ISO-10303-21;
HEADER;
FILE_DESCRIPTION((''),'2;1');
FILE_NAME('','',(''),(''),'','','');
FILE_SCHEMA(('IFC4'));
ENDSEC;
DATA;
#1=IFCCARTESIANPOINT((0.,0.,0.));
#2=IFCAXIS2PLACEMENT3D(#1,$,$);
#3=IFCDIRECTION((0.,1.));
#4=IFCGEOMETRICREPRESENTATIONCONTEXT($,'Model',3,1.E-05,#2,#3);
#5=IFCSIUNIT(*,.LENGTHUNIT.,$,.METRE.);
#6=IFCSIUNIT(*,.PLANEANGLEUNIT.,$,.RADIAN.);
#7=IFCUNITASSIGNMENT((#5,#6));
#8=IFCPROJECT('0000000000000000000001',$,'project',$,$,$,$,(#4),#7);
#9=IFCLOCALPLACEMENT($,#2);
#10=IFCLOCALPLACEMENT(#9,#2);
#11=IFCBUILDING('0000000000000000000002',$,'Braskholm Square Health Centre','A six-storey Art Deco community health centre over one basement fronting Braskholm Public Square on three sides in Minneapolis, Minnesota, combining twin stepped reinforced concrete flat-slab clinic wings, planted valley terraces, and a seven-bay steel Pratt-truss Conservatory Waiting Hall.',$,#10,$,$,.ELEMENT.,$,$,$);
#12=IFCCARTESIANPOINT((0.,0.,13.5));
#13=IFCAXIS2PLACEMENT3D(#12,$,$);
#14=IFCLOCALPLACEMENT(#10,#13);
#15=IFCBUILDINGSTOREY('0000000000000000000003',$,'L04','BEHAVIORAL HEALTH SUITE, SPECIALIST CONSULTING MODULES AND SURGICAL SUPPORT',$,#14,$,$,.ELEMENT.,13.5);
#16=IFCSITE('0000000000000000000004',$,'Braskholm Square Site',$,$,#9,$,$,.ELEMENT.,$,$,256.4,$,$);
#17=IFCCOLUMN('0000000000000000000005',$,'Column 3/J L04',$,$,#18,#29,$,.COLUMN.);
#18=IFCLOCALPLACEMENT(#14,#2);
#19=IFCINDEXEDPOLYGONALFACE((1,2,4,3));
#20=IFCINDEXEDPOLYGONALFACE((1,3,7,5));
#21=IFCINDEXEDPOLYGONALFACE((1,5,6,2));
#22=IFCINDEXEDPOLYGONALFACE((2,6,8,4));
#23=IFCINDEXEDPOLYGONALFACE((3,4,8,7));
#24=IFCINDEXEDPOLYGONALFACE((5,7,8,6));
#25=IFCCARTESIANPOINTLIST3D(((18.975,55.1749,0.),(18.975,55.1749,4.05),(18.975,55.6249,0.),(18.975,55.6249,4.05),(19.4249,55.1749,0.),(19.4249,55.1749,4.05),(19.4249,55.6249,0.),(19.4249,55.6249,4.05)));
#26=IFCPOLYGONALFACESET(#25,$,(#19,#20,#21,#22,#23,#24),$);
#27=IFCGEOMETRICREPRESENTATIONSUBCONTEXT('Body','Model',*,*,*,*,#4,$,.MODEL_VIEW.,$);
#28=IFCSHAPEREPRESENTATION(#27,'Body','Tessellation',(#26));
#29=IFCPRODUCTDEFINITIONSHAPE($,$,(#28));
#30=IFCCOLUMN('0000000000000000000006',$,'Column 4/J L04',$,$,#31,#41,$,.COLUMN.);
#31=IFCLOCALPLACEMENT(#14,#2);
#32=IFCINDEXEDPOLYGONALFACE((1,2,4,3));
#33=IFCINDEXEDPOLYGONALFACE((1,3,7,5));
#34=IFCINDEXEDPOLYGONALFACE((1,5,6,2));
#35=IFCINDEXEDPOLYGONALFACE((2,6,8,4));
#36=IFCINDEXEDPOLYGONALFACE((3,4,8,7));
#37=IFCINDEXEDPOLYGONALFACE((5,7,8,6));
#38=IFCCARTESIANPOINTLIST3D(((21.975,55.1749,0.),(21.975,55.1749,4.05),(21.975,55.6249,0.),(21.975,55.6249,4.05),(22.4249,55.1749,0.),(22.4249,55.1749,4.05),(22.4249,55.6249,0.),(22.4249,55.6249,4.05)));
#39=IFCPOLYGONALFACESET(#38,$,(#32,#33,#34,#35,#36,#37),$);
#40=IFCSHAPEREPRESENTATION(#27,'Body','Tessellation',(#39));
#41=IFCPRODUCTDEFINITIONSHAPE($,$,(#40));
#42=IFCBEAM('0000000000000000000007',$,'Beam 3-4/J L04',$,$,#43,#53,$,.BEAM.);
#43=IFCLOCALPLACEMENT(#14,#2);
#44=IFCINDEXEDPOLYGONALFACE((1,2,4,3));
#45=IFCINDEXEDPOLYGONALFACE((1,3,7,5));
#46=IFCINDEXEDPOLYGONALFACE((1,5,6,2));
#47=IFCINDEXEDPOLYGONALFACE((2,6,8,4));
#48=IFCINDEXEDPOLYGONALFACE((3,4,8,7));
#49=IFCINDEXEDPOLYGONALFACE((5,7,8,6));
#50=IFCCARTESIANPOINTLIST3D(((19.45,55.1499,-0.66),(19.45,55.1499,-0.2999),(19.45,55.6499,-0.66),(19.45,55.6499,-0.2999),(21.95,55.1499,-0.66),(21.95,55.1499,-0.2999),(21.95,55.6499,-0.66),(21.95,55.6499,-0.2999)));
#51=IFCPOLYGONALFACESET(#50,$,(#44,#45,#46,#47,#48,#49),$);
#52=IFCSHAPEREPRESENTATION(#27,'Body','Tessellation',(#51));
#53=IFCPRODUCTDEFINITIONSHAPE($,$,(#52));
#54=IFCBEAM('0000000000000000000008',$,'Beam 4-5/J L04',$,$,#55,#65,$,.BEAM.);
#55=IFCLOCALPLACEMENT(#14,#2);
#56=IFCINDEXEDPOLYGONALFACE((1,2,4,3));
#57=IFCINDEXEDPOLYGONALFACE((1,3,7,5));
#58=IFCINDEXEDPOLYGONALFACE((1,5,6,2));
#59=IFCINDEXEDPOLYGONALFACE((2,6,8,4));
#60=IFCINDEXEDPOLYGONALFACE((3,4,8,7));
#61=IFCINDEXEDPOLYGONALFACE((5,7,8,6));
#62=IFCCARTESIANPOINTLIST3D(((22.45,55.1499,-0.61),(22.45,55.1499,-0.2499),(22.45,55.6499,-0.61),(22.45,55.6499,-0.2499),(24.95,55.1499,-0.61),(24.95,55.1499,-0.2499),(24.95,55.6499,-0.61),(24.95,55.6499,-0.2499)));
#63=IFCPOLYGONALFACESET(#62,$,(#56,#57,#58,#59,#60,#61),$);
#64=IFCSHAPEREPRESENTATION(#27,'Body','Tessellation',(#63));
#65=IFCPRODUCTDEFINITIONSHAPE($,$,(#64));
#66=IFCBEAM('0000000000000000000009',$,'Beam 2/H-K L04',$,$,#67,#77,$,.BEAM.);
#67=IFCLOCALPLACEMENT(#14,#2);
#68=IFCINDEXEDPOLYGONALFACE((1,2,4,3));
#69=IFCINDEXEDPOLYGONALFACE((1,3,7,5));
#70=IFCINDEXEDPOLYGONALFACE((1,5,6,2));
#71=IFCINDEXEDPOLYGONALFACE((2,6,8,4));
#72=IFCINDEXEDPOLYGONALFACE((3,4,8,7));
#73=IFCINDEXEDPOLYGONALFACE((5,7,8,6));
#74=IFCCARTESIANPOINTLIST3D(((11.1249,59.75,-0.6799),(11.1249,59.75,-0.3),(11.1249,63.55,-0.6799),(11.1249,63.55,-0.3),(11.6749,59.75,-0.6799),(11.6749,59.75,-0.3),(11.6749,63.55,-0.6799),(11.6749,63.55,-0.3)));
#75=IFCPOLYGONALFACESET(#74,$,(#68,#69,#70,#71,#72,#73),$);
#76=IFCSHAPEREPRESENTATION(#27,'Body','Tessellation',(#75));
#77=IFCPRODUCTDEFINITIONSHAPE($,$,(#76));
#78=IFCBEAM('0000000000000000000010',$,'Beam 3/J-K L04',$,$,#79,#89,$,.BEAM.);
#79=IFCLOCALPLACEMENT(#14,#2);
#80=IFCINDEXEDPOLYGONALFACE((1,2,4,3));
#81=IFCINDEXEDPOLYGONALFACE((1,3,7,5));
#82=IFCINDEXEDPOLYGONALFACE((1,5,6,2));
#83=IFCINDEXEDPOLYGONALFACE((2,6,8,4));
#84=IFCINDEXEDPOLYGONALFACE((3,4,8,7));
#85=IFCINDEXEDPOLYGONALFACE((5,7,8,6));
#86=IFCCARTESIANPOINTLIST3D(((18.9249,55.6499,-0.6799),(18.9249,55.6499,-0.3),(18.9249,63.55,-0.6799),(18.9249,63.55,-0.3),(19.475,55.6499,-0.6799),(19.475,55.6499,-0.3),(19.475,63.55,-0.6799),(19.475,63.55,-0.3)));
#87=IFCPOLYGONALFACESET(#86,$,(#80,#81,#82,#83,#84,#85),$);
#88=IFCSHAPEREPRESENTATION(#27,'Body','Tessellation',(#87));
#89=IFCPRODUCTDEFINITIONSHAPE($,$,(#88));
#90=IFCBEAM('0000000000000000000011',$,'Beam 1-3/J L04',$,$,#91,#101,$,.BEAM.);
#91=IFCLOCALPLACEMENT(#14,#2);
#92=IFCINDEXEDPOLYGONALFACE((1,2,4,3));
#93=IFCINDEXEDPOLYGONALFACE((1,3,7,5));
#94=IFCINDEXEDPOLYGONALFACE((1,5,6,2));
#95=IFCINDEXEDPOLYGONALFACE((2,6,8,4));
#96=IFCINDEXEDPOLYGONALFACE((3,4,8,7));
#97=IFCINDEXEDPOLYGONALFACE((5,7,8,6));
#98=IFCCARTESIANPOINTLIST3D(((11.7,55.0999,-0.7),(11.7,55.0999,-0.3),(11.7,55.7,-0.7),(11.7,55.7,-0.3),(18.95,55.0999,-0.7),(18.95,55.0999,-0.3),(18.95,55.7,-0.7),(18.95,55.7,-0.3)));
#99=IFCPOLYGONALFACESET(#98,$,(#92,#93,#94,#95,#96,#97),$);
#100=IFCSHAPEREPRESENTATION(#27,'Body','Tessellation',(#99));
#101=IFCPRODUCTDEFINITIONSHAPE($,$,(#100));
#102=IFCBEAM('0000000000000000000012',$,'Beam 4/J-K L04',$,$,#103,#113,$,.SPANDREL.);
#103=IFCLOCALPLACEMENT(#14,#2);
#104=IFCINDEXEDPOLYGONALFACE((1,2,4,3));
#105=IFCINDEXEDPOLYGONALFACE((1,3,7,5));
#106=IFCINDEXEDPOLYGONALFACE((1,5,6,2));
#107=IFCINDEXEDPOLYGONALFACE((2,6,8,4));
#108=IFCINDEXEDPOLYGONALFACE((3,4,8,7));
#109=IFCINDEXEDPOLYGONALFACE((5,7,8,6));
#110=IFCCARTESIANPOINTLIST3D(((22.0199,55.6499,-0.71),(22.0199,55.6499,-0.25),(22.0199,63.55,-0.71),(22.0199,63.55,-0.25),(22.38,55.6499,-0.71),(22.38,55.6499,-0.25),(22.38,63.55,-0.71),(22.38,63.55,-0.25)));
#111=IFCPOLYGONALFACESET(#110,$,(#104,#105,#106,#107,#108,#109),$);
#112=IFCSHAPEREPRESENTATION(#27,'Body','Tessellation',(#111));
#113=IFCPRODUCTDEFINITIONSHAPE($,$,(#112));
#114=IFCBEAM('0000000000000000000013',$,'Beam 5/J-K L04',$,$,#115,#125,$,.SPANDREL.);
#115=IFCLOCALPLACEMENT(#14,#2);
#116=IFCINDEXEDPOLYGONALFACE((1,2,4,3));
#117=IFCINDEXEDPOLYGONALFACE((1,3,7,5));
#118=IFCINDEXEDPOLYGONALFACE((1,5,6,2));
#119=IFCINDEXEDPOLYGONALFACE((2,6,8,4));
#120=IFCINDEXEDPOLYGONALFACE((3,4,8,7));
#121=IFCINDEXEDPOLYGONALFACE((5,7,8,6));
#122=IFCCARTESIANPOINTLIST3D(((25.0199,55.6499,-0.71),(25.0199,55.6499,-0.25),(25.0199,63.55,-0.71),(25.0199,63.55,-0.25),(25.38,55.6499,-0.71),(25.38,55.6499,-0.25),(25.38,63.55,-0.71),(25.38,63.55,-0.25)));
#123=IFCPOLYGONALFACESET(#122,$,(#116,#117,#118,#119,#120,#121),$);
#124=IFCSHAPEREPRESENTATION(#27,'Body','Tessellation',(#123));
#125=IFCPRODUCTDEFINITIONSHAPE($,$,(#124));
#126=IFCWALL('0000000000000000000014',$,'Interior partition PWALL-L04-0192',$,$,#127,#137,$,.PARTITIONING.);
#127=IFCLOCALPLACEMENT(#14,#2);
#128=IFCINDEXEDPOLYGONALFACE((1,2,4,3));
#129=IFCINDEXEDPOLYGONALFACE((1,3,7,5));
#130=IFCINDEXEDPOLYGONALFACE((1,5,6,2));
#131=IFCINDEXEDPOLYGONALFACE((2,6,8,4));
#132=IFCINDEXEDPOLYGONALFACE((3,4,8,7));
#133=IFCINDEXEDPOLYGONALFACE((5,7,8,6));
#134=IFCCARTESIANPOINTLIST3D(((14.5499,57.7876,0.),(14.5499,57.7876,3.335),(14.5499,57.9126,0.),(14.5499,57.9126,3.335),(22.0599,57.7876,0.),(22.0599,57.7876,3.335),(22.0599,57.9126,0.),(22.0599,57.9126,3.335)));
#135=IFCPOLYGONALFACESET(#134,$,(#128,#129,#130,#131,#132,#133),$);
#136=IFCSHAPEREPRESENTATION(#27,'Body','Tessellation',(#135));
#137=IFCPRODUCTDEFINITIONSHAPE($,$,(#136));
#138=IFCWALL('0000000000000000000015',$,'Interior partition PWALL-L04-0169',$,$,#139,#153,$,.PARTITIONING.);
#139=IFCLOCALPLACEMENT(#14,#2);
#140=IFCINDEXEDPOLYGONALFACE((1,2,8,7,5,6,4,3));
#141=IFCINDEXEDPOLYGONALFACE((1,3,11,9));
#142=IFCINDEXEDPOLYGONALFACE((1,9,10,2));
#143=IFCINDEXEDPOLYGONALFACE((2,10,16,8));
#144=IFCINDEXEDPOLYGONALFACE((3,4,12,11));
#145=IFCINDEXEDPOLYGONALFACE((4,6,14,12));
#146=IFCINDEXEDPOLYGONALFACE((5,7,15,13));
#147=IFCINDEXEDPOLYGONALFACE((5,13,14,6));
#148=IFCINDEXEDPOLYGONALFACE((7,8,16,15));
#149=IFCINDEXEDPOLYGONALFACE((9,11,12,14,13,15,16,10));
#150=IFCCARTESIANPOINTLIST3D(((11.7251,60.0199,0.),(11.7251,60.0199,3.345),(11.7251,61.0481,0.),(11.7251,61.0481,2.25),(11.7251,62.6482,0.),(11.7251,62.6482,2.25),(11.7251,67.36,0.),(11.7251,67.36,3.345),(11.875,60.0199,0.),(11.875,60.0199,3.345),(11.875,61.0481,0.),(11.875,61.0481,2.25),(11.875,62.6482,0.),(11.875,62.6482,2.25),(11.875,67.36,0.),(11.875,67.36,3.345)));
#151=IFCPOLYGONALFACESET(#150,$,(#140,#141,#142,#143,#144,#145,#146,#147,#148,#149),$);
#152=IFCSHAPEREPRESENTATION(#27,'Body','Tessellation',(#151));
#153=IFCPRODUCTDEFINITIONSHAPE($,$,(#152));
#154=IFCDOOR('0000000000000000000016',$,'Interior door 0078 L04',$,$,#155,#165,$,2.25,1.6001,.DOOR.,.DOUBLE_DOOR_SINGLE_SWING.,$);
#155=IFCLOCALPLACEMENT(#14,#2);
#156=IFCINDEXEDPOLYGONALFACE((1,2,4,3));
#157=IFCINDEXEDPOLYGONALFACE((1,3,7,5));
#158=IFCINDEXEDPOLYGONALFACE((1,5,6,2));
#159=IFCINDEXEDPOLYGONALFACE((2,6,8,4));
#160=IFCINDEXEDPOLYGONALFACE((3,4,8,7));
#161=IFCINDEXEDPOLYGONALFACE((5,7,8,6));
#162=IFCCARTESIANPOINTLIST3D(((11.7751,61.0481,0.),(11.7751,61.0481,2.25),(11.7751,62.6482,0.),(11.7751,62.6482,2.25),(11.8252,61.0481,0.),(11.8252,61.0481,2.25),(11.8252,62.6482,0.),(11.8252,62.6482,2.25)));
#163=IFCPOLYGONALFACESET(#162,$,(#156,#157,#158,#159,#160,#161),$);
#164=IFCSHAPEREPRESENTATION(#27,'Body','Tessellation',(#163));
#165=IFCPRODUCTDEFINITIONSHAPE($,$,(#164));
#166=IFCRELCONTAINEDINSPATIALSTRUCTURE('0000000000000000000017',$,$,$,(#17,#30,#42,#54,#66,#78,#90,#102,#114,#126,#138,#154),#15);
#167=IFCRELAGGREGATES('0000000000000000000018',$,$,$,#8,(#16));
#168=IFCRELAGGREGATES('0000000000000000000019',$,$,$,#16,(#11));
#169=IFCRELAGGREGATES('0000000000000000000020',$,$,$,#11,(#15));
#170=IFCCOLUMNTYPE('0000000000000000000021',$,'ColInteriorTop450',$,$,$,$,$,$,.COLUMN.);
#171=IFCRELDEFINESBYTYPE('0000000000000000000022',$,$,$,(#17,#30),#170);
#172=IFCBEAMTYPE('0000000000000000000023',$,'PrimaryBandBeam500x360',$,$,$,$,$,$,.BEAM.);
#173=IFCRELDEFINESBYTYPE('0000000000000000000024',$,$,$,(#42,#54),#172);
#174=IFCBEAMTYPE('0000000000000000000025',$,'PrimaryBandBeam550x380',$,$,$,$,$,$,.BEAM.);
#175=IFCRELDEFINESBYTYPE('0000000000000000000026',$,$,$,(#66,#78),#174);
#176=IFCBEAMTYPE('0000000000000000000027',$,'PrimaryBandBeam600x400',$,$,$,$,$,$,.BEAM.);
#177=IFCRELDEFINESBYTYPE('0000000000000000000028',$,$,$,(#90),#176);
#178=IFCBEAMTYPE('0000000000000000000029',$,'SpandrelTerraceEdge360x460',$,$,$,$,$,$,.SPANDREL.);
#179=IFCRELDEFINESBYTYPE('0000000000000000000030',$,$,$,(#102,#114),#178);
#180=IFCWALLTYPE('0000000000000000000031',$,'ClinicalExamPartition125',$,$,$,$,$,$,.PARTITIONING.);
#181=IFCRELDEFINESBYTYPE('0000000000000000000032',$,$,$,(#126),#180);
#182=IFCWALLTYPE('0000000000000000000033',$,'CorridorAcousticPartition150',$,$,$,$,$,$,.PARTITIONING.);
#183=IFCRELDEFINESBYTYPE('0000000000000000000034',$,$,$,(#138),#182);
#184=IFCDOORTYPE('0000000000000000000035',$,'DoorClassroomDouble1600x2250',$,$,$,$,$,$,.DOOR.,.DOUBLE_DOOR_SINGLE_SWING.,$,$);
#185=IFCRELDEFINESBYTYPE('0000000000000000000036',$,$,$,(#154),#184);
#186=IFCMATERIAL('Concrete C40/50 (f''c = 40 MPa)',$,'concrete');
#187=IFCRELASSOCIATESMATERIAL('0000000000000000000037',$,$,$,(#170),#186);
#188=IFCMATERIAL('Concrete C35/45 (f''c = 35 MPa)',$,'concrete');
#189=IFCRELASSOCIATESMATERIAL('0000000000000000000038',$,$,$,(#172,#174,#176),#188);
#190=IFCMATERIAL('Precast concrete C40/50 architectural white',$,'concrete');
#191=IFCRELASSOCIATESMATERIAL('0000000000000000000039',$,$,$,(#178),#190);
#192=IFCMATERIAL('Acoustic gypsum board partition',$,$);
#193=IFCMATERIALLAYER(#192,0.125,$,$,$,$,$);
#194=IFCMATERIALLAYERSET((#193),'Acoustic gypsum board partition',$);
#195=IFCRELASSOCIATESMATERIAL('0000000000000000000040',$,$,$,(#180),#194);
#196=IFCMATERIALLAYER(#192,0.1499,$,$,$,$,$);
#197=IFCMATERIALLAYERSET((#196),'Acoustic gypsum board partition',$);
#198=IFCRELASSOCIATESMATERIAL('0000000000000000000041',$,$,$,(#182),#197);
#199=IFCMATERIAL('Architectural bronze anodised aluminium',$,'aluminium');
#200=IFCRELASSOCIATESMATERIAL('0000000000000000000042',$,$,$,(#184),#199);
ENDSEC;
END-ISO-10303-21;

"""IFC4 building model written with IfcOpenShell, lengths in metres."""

from ifc_helpers import new_model, si_unit, direction, frame, frame_2d, origin, origin_with_axes, origin_2d, place, context, subcontext, project, spatial, rectangle, extrude, material, layer, layer_set, material_profile, profile_set, type_object, element, fill, save


model = new_model("IFC4")

# Units and contexts
model_context = context("Model", 3, precision=1e-05, world=origin(), true_north=direction((0.0, 1.0)))
body_context = subcontext(model_context, "Body", "Model", "MODEL_VIEW")
ifc_project = project(units=[si_unit("LENGTHUNIT", "METRE"), si_unit("PLANEANGLEUNIT", "RADIAN")], contexts=[model_context])

# Site, building, storey
site_placement = place(None, origin())
site = spatial("IfcSite", under=ifc_project, at=site_placement, Name="Braskholm Square Site", CompositionType="ELEMENT", RefElevation=256.4)
building_placement = place(site_placement, origin())
building = spatial("IfcBuilding", under=site, at=building_placement, Name="Braskholm Square Health Centre", Description="A six-storey Art Deco community health centre over one basement fronting Braskholm Public Square on three sides in Minneapolis, Minnesota, combining twin stepped reinforced concrete flat-slab clinic wings, planted valley terraces, and a seven-bay steel Pratt-truss Conservatory Waiting Hall.", CompositionType="ELEMENT")
storey_placement = place(building_placement, frame((0.0, 0.0, 13.5)))
storey = spatial("IfcBuildingStorey", under=building, at=storey_placement, Name="L04", Description="BEHAVIORAL HEALTH SUITE, SPECIALIST CONSULTING MODULES AND SURGICAL SUPPORT", CompositionType="ELEMENT", Elevation=13.5)

# Columns
ifc_material_1 = material(Name="Concrete C40/50 (f'c = 40 MPa)", Category="concrete")
ifc_material_profile_1 = material_profile(ifc_material_1, rectangle(XDim=0.45, YDim=0.45, at=origin_2d()), Name="RC-450X450")
ifc_profile_set_1 = profile_set([ifc_material_profile_1], Name="Concrete C40/50 (f'c = 40 MPa)")
column_type = type_object("IfcColumnType", Name="ColInteriorTop450", PredefinedType="COLUMN", material=ifc_profile_set_1)
for number, where, z_axis, x_axis, name in (
    (1, (19.2, 55.3999, 0.0), (0.0, 0.0, 1.0), (1.0, 0.0, 0.0), "Column 3/J L04"),
    (2, (22.2, 55.3999, 0.0), (0.0, 0.0, 1.0), (1.0, 0.0, 0.0), "Column 4/J L04"),
):
    element("IfcColumn", number, at=place(storey_placement, frame(where, z_axis=z_axis, x_axis=x_axis)), inside=storey, type_object=column_type, Name=name, PredefinedType="COLUMN", context=body_context, shape_type="SweptSolid", body=[
        extrude(rectangle(XDim=0.45, YDim=0.45, at=origin_2d()), origin(), (0.0, 0.0, 1.0), 4.05),
    ])

# Beams
ifc_material_2 = material(Name="Concrete C35/45 (f'c = 35 MPa)", Category="concrete")
ifc_material_profile_2 = material_profile(ifc_material_2, rectangle(XDim=0.5, YDim=0.3601, at=origin_2d()), Name="RCB-500X360")
ifc_profile_set_2 = profile_set([ifc_material_profile_2], Name="Concrete C35/45 (f'c = 35 MPa)")
beam_type_1 = type_object("IfcBeamType", Name="PrimaryBandBeam500x360", PredefinedType="BEAM", material=ifc_profile_set_2)
for number, where, z_axis, x_axis, name in (
    (3, (19.45, 55.3999, -0.48), (1.0, 0.0, 0.0), (0.0, 1.0, 0.0), "Beam 3-4/J L04"),
    (4, (22.45, 55.3999, -0.4299), (1.0, 0.0, 0.0), (0.0, 1.0, 0.0), "Beam 4-5/J L04"),
):
    element("IfcBeam", number, at=place(storey_placement, frame(where, z_axis=z_axis, x_axis=x_axis)), inside=storey, type_object=beam_type_1, Name=name, PredefinedType="BEAM", context=body_context, shape_type="SweptSolid", body=[
        extrude(rectangle(XDim=0.5, YDim=0.3601, at=origin_2d()), origin(), (0.0, 0.0, 1.0), 2.5),
    ])
ifc_material_profile_3 = material_profile(ifc_material_2, rectangle(XDim=0.55, YDim=0.3799, at=origin_2d()), Name="RCB-550X380")
ifc_profile_set_3 = profile_set([ifc_material_profile_3], Name="Concrete C35/45 (f'c = 35 MPa)")
beam_type_2 = type_object("IfcBeamType", Name="PrimaryBandBeam550x380", PredefinedType="BEAM", material=ifc_profile_set_3)
beam_1_placement = place(storey_placement, frame((11.3999, 59.75, -0.49), z_axis=(0.0, 1.0, 0.0), x_axis=(-1.0, 0.0, 0.0)))
element("IfcBeam", 5, at=beam_1_placement, inside=storey, type_object=beam_type_2, Name="Beam 2/H-K L04", PredefinedType="BEAM", context=body_context, shape_type="SweptSolid", body=[
    extrude(rectangle(XDim=0.55, YDim=0.3799, at=origin_2d()), origin(), (0.0, 0.0, 1.0), 3.8),
])
beam_2_placement = place(storey_placement, frame((19.2, 55.6499, -0.49), z_axis=(0.0, 1.0, 0.0), x_axis=(-1.0, 0.0, 0.0)))
element("IfcBeam", 6, at=beam_2_placement, inside=storey, type_object=beam_type_2, Name="Beam 3/J-K L04", PredefinedType="BEAM", context=body_context, shape_type="SweptSolid", body=[
    extrude(rectangle(XDim=0.55, YDim=0.3799, at=origin_2d()), origin(), (0.0, 0.0, 1.0), 7.9001),
])
ifc_material_profile_4 = material_profile(ifc_material_2, rectangle(XDim=0.6001, YDim=0.3999, at=origin_2d()), Name="RCB-600X400")
ifc_profile_set_4 = profile_set([ifc_material_profile_4], Name="Concrete C35/45 (f'c = 35 MPa)")
beam_type_3 = type_object("IfcBeamType", Name="PrimaryBandBeam600x400", PredefinedType="BEAM", material=ifc_profile_set_4)
beam_3_placement = place(storey_placement, frame((11.7, 55.3999, -0.5), z_axis=(1.0, 0.0, 0.0), x_axis=(0.0, 1.0, 0.0)))
element("IfcBeam", 7, at=beam_3_placement, inside=storey, type_object=beam_type_3, Name="Beam 1-3/J L04", PredefinedType="BEAM", context=body_context, shape_type="SweptSolid", body=[
    extrude(rectangle(XDim=0.6001, YDim=0.3999, at=origin_2d()), origin(), (0.0, 0.0, 1.0), 7.25),
])
ifc_material_3 = material(Name="Precast concrete C40/50 architectural white", Category="concrete")
ifc_material_profile_5 = material_profile(ifc_material_3, rectangle(XDim=0.3601, YDim=0.46, at=origin_2d()), Name="RCB-360X460")
ifc_profile_set_5 = profile_set([ifc_material_profile_5], Name="Precast concrete C40/50 architectural white")
beam_type_4 = type_object("IfcBeamType", Name="SpandrelTerraceEdge360x460", PredefinedType="SPANDREL", material=ifc_profile_set_5)
for number, where, z_axis, x_axis, name in (
    (8, (22.2, 55.6499, -0.48), (0.0, 1.0, 0.0), (-1.0, 0.0, 0.0), "Beam 4/J-K L04"),
    (9, (25.2, 55.6499, -0.48), (0.0, 1.0, 0.0), (-1.0, 0.0, 0.0), "Beam 5/J-K L04"),
):
    element("IfcBeam", number, at=place(storey_placement, frame(where, z_axis=z_axis, x_axis=x_axis)), inside=storey, type_object=beam_type_4, Name=name, PredefinedType="SPANDREL", context=body_context, shape_type="SweptSolid", body=[
        extrude(rectangle(XDim=0.3601, YDim=0.46, at=origin_2d()), origin(), (0.0, 0.0, 1.0), 7.9001),
    ])

# Wall
ifc_material_4 = material(Name="Acoustic gypsum board partition")
ifc_layer_1 = layer(ifc_material_4, 0.125)
ifc_layer_set_1 = layer_set([ifc_layer_1], Name="Acoustic gypsum board partition")
wall_type_1 = type_object("IfcWallType", Name="ClinicalExamPartition125", PredefinedType="PARTITIONING", material=ifc_layer_set_1)
wall_1_placement = place(storey_placement, frame((14.55, 57.8501, 0.0), z_axis=(0.0, 0.0, 1.0), x_axis=(1.0, 0.0, 0.0)))
element("IfcWall", 10, at=wall_1_placement, inside=storey, type_object=wall_type_1, Name="Interior partition PWALL-L04-0192", PredefinedType="PARTITIONING", context=body_context, shape_type="SweptSolid", body=[
    extrude(rectangle(XDim=7.51, YDim=0.125, at=frame_2d((3.7549, 0.0))), origin(), (0.0, 0.0, 1.0), 3.335),
])

# Wall, opening, door
ifc_layer_2 = layer(ifc_material_4, 0.1499)
ifc_layer_set_2 = layer_set([ifc_layer_2], Name="Acoustic gypsum board partition")
wall_type_2 = type_object("IfcWallType", Name="CorridorAcousticPartition150", PredefinedType="PARTITIONING", material=ifc_layer_set_2)
wall_2_placement = place(storey_placement, frame((11.8, 60.02, 0.0), z_axis=(0.0, 0.0, 1.0), x_axis=(0.0, 1.0, 0.0)))
wall_2 = element("IfcWall", 11, at=wall_2_placement, inside=storey, type_object=wall_type_2, Name="Interior partition PWALL-L04-0169", PredefinedType="PARTITIONING", context=body_context, shape_type="SweptSolid", body=[
    extrude(rectangle(XDim=7.3401, YDim=0.1499, at=frame_2d((3.6699, 0.0))), origin(), (0.0, 0.0, 1.0), 3.345),
])
opening_1_placement = place(wall_2_placement, frame((1.0281, 0.0, 0.0)))
opening_1 = element("IfcOpeningElement", 12, at=opening_1_placement, cuts=wall_2, PredefinedType="OPENING", context=body_context, shape_type="SweptSolid", body=[
    extrude(rectangle(XDim=1.6001, YDim=2.25, at=frame_2d((0.8, 1.125))), frame((0.0, 0.085, 0.0), z_axis=(0.0, -1.0, 0.0), x_axis=(1.0, 0.0, 0.0)), (0.0, 0.0, 1.0), 0.1699),
])
ifc_material_5 = material(Name="Architectural bronze anodised aluminium", Category="aluminium")
door_type_1 = type_object("IfcDoorType", Name="DoorClassroomDouble1600x2250", OperationType="DOUBLE_DOOR_SINGLE_SWING", PredefinedType="DOOR", material=ifc_material_5)
door_1_placement = place(opening_1_placement, origin_with_axes())
door_1 = element("IfcDoor", 13, at=door_1_placement, inside=storey, type_object=door_type_1, Name="Interior door 0078 L04", OperationType="DOUBLE_DOOR_SINGLE_SWING", OverallHeight=2.25, OverallWidth=1.6001, PredefinedType="DOOR", context=body_context, shape_type="SweptSolid", body=[
    extrude(rectangle(XDim=1.6001, YDim=2.25, at=frame_2d((0.8, 1.125))), frame((0.0, 0.0249, 0.0), z_axis=(0.0, -1.0, 0.0), x_axis=(1.0, 0.0, 0.0)), (0.0, 0.0, 1.0), 0.05),
])
fill(opening_1, door_1)

save(model, "model.ifc")
